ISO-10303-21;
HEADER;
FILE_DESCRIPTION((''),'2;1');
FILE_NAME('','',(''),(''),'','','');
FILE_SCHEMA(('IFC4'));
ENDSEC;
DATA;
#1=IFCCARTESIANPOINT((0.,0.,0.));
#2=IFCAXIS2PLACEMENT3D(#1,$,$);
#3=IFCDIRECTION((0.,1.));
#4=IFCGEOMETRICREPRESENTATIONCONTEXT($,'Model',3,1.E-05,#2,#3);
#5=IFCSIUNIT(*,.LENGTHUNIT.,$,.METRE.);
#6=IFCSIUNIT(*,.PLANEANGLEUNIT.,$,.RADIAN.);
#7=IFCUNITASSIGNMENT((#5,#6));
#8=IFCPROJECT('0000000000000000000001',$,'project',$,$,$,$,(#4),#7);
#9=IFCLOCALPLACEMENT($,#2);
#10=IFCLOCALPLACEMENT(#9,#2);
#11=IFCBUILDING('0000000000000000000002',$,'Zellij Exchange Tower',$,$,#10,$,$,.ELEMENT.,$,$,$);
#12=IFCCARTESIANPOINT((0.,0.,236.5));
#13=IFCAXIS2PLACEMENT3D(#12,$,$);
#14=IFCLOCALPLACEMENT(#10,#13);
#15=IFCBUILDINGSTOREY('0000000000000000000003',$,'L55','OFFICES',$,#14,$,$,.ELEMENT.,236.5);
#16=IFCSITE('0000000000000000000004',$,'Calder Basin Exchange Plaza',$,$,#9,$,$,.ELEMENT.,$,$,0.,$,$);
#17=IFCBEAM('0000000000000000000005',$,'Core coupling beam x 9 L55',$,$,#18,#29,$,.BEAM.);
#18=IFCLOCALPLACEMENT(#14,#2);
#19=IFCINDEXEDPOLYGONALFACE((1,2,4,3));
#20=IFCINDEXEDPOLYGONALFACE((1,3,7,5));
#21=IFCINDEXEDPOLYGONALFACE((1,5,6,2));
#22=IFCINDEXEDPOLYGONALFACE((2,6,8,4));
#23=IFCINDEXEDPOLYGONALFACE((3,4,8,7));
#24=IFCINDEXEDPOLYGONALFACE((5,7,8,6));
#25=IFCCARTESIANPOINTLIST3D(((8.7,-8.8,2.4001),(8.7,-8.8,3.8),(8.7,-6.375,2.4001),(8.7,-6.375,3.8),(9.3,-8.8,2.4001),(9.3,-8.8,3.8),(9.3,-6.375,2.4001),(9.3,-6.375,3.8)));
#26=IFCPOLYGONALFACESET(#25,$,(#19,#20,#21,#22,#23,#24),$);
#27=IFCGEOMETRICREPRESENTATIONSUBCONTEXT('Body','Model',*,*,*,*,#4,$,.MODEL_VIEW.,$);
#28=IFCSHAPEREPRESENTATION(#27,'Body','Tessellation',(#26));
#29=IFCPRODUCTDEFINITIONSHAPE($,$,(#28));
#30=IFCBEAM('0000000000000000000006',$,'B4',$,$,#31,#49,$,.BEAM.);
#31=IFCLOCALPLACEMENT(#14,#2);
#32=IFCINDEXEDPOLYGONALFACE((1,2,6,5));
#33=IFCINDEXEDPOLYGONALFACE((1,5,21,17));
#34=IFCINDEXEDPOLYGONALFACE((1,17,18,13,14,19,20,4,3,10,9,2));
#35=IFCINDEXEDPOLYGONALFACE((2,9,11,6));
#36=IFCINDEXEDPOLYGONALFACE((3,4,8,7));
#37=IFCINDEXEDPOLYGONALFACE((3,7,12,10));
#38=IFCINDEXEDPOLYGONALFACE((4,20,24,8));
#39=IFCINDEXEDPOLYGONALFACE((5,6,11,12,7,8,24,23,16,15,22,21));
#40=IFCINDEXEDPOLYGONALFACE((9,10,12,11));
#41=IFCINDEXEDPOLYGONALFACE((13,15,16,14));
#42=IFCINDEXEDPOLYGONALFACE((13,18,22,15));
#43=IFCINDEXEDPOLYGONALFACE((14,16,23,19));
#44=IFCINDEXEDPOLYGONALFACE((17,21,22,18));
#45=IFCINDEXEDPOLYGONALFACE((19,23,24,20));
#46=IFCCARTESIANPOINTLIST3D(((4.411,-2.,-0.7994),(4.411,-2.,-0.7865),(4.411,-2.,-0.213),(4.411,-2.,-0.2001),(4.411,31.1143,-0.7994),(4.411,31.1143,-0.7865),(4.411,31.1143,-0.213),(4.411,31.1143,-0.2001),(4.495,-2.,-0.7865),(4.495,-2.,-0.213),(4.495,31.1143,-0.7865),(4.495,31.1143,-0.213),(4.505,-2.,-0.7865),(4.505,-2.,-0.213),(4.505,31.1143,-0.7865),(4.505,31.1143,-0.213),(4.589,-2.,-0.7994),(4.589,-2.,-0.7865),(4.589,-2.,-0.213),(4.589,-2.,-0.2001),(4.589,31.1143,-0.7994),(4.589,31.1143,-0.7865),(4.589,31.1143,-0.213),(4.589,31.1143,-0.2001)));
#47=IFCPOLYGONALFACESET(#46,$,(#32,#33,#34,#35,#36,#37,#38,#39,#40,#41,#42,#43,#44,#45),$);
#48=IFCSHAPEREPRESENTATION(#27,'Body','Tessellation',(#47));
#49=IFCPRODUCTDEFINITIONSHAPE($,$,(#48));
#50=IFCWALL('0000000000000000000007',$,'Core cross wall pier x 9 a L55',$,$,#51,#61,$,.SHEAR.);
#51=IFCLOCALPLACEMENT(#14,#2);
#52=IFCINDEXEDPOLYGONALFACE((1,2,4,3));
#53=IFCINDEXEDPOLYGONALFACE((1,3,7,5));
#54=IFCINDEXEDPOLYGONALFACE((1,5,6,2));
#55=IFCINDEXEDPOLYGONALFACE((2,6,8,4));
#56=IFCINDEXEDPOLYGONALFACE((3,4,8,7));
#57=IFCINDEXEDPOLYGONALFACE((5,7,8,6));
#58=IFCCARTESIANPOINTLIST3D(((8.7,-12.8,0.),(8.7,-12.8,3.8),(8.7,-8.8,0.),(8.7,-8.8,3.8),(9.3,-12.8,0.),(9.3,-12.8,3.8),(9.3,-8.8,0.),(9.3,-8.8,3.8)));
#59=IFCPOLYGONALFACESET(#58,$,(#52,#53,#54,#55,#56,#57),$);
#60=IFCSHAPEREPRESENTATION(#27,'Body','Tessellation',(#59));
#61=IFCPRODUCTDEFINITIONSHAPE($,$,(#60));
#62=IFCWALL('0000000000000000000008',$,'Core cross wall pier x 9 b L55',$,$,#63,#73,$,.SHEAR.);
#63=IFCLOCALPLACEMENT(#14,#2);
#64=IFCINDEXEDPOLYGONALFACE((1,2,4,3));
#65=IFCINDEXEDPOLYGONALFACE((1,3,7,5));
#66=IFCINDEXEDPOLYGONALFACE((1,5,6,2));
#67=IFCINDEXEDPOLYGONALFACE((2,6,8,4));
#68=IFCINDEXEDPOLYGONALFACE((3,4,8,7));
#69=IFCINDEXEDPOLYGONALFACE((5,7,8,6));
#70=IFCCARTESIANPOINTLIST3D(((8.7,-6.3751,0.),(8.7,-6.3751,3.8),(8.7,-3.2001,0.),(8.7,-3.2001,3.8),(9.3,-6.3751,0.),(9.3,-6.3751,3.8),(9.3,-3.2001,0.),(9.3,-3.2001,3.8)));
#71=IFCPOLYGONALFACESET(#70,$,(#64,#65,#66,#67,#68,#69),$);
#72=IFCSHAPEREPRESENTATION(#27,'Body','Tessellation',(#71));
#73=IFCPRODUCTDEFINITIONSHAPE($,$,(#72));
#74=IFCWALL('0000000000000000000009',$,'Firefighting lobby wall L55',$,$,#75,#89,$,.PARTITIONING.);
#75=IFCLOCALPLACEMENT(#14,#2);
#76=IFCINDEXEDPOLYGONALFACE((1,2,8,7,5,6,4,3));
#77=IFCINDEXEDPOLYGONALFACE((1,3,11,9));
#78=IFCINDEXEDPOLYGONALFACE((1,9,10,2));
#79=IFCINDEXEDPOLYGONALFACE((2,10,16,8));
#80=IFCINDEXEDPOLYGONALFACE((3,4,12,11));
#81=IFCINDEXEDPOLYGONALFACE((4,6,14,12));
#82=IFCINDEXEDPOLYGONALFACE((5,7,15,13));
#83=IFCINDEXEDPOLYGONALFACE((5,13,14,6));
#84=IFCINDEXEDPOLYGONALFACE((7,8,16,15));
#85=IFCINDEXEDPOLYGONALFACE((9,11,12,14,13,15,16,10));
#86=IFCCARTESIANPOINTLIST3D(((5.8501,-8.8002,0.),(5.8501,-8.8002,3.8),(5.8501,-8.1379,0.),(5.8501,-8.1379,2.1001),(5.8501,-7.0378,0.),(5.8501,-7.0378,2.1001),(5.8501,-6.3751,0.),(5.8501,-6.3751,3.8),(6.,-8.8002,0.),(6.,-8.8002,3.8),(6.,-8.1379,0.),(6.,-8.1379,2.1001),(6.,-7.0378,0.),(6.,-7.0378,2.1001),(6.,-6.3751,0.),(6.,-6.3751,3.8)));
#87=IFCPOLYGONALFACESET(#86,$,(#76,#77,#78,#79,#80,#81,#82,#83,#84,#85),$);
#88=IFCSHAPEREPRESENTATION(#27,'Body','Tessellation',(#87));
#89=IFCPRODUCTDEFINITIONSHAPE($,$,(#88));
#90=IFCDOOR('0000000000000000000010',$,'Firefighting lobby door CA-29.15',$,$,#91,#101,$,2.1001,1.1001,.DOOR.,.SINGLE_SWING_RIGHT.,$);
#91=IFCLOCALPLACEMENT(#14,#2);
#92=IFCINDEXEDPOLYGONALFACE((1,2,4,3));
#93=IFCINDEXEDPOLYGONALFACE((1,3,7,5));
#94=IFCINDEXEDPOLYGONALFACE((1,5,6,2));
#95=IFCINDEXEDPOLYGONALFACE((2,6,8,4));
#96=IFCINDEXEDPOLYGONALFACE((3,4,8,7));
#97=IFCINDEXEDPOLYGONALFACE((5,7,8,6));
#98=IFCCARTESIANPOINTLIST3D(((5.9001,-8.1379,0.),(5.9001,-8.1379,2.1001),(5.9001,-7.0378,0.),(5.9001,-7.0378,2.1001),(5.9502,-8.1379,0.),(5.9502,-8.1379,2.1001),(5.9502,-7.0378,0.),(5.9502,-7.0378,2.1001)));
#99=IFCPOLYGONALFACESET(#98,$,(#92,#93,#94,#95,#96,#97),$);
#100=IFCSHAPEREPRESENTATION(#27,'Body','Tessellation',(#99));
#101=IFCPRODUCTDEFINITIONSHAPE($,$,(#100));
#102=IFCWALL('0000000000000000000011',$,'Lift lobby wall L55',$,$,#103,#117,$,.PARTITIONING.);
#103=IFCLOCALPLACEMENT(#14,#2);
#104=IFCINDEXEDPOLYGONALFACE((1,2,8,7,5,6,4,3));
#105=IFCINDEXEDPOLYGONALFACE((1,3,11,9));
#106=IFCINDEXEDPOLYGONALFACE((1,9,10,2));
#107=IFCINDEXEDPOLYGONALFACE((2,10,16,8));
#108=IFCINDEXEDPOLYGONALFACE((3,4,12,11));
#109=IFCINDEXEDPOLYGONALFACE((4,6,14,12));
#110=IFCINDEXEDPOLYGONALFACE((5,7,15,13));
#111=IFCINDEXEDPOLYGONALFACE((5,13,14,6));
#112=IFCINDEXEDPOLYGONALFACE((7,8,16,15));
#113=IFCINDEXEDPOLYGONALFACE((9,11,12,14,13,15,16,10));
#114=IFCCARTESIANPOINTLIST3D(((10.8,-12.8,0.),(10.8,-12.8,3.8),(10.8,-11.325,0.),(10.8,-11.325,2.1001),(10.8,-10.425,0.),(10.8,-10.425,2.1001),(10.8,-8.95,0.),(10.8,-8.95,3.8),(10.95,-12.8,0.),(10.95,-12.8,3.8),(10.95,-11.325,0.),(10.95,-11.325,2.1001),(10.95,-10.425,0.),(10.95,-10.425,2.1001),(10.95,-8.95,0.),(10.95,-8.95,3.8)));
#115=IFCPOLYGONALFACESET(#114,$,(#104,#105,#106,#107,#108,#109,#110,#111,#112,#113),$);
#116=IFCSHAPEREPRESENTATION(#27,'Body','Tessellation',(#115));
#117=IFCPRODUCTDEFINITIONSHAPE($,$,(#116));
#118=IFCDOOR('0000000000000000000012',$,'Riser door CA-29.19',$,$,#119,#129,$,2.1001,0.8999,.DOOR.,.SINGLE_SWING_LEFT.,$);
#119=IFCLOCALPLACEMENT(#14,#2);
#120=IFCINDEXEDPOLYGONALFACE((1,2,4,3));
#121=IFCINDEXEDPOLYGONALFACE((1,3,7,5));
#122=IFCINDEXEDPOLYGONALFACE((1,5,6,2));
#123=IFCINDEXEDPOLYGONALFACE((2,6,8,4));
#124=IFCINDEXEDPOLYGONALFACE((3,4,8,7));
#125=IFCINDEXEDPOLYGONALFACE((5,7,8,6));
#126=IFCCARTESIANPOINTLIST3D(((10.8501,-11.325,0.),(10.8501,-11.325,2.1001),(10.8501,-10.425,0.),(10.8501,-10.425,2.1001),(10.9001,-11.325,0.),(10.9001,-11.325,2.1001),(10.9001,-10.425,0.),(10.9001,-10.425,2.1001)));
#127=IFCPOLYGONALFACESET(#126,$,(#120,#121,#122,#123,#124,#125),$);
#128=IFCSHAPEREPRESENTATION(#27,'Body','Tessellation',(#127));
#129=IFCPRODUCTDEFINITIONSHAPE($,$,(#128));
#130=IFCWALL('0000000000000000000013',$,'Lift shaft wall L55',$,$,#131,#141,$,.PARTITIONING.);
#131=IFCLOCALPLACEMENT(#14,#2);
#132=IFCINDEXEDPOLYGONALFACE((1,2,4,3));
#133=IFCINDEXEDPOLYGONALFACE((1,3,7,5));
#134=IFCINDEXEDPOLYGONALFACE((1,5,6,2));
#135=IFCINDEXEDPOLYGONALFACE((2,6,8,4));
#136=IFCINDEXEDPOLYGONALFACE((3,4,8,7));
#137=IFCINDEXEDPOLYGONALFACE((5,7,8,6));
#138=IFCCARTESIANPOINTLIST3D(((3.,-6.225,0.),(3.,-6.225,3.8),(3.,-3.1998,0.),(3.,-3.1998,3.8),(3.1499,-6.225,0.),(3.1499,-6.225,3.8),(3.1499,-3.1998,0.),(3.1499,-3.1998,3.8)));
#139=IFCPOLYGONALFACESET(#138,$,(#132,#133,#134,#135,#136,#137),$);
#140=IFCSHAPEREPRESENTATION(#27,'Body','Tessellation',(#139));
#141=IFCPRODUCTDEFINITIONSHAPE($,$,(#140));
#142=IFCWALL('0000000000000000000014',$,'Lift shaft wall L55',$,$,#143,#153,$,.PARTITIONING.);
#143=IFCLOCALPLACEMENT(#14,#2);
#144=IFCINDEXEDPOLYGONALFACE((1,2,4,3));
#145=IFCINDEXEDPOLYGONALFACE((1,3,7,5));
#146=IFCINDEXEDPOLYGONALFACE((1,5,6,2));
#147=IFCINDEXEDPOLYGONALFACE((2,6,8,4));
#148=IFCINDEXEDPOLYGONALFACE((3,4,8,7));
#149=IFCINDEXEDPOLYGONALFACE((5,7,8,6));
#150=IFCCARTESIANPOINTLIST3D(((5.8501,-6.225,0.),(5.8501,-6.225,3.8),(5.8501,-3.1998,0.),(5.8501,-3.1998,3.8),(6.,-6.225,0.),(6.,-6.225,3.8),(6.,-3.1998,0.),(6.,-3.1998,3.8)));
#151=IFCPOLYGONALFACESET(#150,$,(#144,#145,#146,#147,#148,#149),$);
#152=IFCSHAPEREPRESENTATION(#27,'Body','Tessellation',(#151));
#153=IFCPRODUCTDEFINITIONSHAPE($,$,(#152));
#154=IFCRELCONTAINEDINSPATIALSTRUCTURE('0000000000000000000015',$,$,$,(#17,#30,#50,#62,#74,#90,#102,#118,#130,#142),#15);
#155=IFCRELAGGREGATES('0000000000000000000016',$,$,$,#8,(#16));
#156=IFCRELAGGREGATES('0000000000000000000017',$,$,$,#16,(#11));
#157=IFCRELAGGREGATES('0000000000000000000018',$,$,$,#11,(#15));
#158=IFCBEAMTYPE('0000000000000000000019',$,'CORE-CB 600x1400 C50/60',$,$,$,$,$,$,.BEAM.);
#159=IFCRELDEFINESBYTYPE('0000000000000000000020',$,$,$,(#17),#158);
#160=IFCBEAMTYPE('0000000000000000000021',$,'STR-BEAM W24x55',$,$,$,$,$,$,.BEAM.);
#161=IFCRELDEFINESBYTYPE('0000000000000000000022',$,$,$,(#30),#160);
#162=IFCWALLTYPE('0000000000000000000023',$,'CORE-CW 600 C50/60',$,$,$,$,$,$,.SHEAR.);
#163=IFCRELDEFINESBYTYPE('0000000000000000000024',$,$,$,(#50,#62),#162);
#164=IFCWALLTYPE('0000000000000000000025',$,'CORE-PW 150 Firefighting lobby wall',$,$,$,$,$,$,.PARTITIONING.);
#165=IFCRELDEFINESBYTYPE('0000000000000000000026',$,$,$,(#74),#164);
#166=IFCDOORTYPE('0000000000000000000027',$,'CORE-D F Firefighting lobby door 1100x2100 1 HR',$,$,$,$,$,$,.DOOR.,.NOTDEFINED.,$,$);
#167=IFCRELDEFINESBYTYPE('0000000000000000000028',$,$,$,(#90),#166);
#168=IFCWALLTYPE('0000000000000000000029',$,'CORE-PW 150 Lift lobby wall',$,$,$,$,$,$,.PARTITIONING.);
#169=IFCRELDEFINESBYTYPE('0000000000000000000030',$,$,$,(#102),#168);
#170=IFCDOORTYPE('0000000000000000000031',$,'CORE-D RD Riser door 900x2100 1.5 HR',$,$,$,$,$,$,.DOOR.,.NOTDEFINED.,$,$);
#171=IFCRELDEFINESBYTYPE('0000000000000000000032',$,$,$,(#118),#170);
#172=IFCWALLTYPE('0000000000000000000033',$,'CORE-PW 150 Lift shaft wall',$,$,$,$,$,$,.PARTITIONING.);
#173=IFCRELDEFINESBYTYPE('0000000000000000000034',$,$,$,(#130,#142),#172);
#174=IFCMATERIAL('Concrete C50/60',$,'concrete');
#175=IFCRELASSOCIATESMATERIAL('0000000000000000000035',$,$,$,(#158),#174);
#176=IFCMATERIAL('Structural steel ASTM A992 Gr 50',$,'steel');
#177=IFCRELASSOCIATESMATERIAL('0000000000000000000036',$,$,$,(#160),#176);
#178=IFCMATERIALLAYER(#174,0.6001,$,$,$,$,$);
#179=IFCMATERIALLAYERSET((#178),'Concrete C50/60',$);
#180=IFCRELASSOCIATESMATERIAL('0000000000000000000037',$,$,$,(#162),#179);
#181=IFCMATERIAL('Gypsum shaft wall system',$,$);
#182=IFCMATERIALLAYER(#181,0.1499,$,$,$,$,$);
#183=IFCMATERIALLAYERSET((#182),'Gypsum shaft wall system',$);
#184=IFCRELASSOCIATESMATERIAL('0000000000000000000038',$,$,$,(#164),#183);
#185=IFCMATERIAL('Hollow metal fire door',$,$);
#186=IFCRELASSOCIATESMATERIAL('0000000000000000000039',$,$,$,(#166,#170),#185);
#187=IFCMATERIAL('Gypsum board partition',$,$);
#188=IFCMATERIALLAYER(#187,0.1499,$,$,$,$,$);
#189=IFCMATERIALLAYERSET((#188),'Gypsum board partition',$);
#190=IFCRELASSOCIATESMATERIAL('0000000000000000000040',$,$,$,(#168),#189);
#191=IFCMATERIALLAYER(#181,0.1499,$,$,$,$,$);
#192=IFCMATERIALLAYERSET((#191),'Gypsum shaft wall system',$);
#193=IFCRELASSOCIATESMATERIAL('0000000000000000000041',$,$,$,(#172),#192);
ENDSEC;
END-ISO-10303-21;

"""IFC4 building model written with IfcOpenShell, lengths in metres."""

from ifc_helpers import new_model, si_unit, direction, frame, frame_2d, origin, origin_2d, place, context, subcontext, project, spatial, rectangle, i_section, extrude, material, layer, layer_set, material_profile, profile_set, type_object, element, fill, save


model = new_model("IFC4")

# Units and contexts
model_context = context("Model", 3, precision=1e-05, world=origin(), true_north=direction((0.0, 1.0)))
body_context = subcontext(model_context, "Body", "Model", "MODEL_VIEW")
ifc_project = project(units=[si_unit("LENGTHUNIT", "METRE"), si_unit("PLANEANGLEUNIT", "RADIAN")], contexts=[model_context])

# Site, building, storey
site_placement = place(None, origin())
site = spatial("IfcSite", under=ifc_project, at=site_placement, Name="Calder Basin Exchange Plaza", CompositionType="ELEMENT", RefElevation=0.0)
building_placement = place(site_placement, origin())
building = spatial("IfcBuilding", under=site, at=building_placement, Name="Zellij Exchange Tower", CompositionType="ELEMENT")
storey_placement = place(building_placement, frame((0.0, 0.0, 236.5)))
storey = spatial("IfcBuildingStorey", under=building, at=storey_placement, Name="L55", Description="OFFICES", CompositionType="ELEMENT", Elevation=236.5)

# Beams
ifc_material_1 = material(Name="Concrete C50/60", Category="concrete")
ifc_material_profile_1 = material_profile(ifc_material_1, rectangle(XDim=0.6001, YDim=1.3999, at=origin_2d()), Name="CORE-CB 600x1400 C50/60")
ifc_profile_set_1 = profile_set([ifc_material_profile_1], Name="Concrete C50/60")
beam_type_1 = type_object("IfcBeamType", Name="CORE-CB 600x1400 C50/60", PredefinedType="BEAM", material=ifc_profile_set_1)
beam_1_placement = place(storey_placement, frame((9.0, -8.8, 3.1001), z_axis=(0.0, 1.0, 0.0), x_axis=(-1.0, 0.0, 0.0)))
element("IfcBeam", 1, at=beam_1_placement, inside=storey, type_object=beam_type_1, Name="Core coupling beam x 9 L55", PredefinedType="BEAM", context=body_context, shape_type="SweptSolid", body=[
    extrude(rectangle(XDim=0.6001, YDim=1.3999, at=origin_2d()), origin(), (0.0, 0.0, 1.0), 2.425),
])
ifc_material_2 = material(Name="Structural steel ASTM A992 Gr 50", Category="steel")
ifc_material_profile_2 = material_profile(ifc_material_2, i_section(OverallWidth=0.178, OverallDepth=0.5994, WebThickness=0.01, FlangeThickness=0.0129, at=origin_2d()), Name="W24x55")
ifc_profile_set_2 = profile_set([ifc_material_profile_2], Name="Structural steel ASTM A992 Gr 50")
beam_type_2 = type_object("IfcBeamType", Name="STR-BEAM W24x55", PredefinedType="BEAM", material=ifc_profile_set_2)
beam_2_placement = place(storey_placement, frame((4.5, -2.0, -0.4998), z_axis=(0.0, 1.0, 0.0), x_axis=(-1.0, 0.0, 0.0)))
element("IfcBeam", 2, at=beam_2_placement, inside=storey, type_object=beam_type_2, Name="B4", PredefinedType="BEAM", context=body_context, shape_type="SweptSolid", body=[
    extrude(i_section(OverallWidth=0.178, OverallDepth=0.5994, WebThickness=0.01, FlangeThickness=0.0129, at=origin_2d()), origin(), (0.0, 0.0, 1.0), 33.1143),
])

# Walls
ifc_layer_1 = layer(ifc_material_1, 0.6001)
ifc_layer_set_1 = layer_set([ifc_layer_1], Name="Concrete C50/60")
wall_type_1 = type_object("IfcWallType", Name="CORE-CW 600 C50/60", PredefinedType="SHEAR", material=ifc_layer_set_1)
wall_1_placement = place(storey_placement, frame((9.0, -12.8, 0.0), z_axis=(0.0, 0.0, 1.0), x_axis=(0.0, 1.0, 0.0)))
element("IfcWall", 3, at=wall_1_placement, inside=storey, type_object=wall_type_1, Name="Core cross wall pier x 9 a L55", PredefinedType="SHEAR", context=body_context, shape_type="SweptSolid", body=[
    extrude(rectangle(XDim=4.0, YDim=0.6001, at=frame_2d((2.0, 0.0))), origin(), (0.0, 0.0, 1.0), 3.8),
])
wall_2_placement = place(storey_placement, frame((9.0, -6.375, 0.0), z_axis=(0.0, 0.0, 1.0), x_axis=(0.0, 1.0, 0.0)))
element("IfcWall", 4, at=wall_2_placement, inside=storey, type_object=wall_type_1, Name="Core cross wall pier x 9 b L55", PredefinedType="SHEAR", context=body_context, shape_type="SweptSolid", body=[
    extrude(rectangle(XDim=3.175, YDim=0.6001, at=frame_2d((1.5874, 0.0))), origin(), (0.0, 0.0, 1.0), 3.8),
])

# Walls, openings, doors
ifc_material_3 = material(Name="Gypsum shaft wall system")
ifc_layer_2 = layer(ifc_material_3, 0.1499)
ifc_layer_set_2 = layer_set([ifc_layer_2], Name="Gypsum shaft wall system")
wall_type_2 = type_object("IfcWallType", Name="CORE-PW 150 Firefighting lobby wall", PredefinedType="PARTITIONING", material=ifc_layer_set_2)
wall_3_placement = place(storey_placement, frame((5.925, -8.8, 0.0), z_axis=(0.0, 0.0, 1.0), x_axis=(0.0, 1.0, 0.0)))
wall_3 = element("IfcWall", 5, at=wall_3_placement, inside=storey, type_object=wall_type_2, Name="Firefighting lobby wall L55", PredefinedType="PARTITIONING", context=body_context, shape_type="SweptSolid", body=[
    extrude(rectangle(XDim=2.425, YDim=0.1499, at=frame_2d((1.2124, 0.0))), origin(), (0.0, 0.0, 1.0), 3.8),
])
opening_1_placement = place(wall_3_placement, frame((0.6621, 0.0, 0.0)))
opening_1 = element("IfcOpeningElement", 6, at=opening_1_placement, cuts=wall_3, PredefinedType="OPENING", context=body_context, shape_type="SweptSolid", body=[
    extrude(rectangle(XDim=1.1001, YDim=2.1001, at=frame_2d((0.55, 1.05))), frame((0.0, 0.0869, 0.0), z_axis=(0.0, -1.0, 0.0), x_axis=(1.0, 0.0, 0.0)), (0.0, 0.0, 1.0), 0.1738),
])
ifc_material_4 = material(Name="Hollow metal fire door")
door_type_1 = type_object("IfcDoorType", Name="CORE-D F Firefighting lobby door 1100x2100 1 HR", OperationType="NOTDEFINED", PredefinedType="DOOR", material=ifc_material_4)
door_1_placement = place(opening_1_placement, origin())
door_1 = element("IfcDoor", 7, at=door_1_placement, inside=storey, type_object=door_type_1, Name="Firefighting lobby door CA-29.15", OperationType="SINGLE_SWING_RIGHT", OverallHeight=2.1001, OverallWidth=1.1001, PredefinedType="DOOR", context=body_context, shape_type="SweptSolid", body=[
    extrude(rectangle(XDim=1.1001, YDim=2.1001, at=frame_2d((0.55, 1.05))), frame((0.0, 0.0249, 0.0), z_axis=(0.0, -1.0, 0.0), x_axis=(1.0, 0.0, 0.0)), (0.0, 0.0, 1.0), 0.05),
])
fill(opening_1, door_1)
ifc_material_5 = material(Name="Gypsum board partition")
ifc_layer_3 = layer(ifc_material_5, 0.1499)
ifc_layer_set_3 = layer_set([ifc_layer_3], Name="Gypsum board partition")
wall_type_3 = type_object("IfcWallType", Name="CORE-PW 150 Lift lobby wall", PredefinedType="PARTITIONING", material=ifc_layer_set_3)
wall_4_placement = place(storey_placement, frame((10.875, -12.8, 0.0), z_axis=(0.0, 0.0, 1.0), x_axis=(0.0, 1.0, 0.0)))
wall_4 = element("IfcWall", 8, at=wall_4_placement, inside=storey, type_object=wall_type_3, Name="Lift lobby wall L55", PredefinedType="PARTITIONING", context=body_context, shape_type="SweptSolid", body=[
    extrude(rectangle(XDim=3.8501, YDim=0.1499, at=frame_2d((1.925, 0.0))), origin(), (0.0, 0.0, 1.0), 3.8),
])
opening_2_placement = place(wall_4_placement, frame((1.4751, 0.0, 0.0)))
opening_2 = element("IfcOpeningElement", 9, at=opening_2_placement, cuts=wall_4, PredefinedType="OPENING", context=body_context, shape_type="SweptSolid", body=[
    extrude(rectangle(XDim=0.8999, YDim=2.1001, at=frame_2d((0.45, 1.05))), frame((0.0, 0.0869, 0.0), z_axis=(0.0, -1.0, 0.0), x_axis=(1.0, 0.0, 0.0)), (0.0, 0.0, 1.0), 0.1738),
])
door_type_2 = type_object("IfcDoorType", Name="CORE-D RD Riser door 900x2100 1.5 HR", OperationType="NOTDEFINED", PredefinedType="DOOR", material=ifc_material_4)
door_2_placement = place(opening_2_placement, origin())
door_2 = element("IfcDoor", 10, at=door_2_placement, inside=storey, type_object=door_type_2, Name="Riser door CA-29.19", OperationType="SINGLE_SWING_LEFT", OverallHeight=2.1001, OverallWidth=0.8999, PredefinedType="DOOR", context=body_context, shape_type="SweptSolid", body=[
    extrude(rectangle(XDim=0.8999, YDim=2.1001, at=frame_2d((0.45, 1.05))), frame((0.0, 0.0249, 0.0), z_axis=(0.0, -1.0, 0.0), x_axis=(1.0, 0.0, 0.0)), (0.0, 0.0, 1.0), 0.05),
])
fill(opening_2, door_2)

# Walls
ifc_layer_4 = layer(ifc_material_3, 0.1499)
ifc_layer_set_4 = layer_set([ifc_layer_4], Name="Gypsum shaft wall system")
wall_type_4 = type_object("IfcWallType", Name="CORE-PW 150 Lift shaft wall", PredefinedType="PARTITIONING", material=ifc_layer_set_4)
for number, where, z_axis, x_axis, name in (
    (11, (3.075, -6.2251, 0.0), (0.0, 0.0, 1.0), (0.0, 1.0, 0.0), "Lift shaft wall L55"),
    (12, (5.925, -6.2251, 0.0), (0.0, 0.0, 1.0), (0.0, 1.0, 0.0), "Lift shaft wall L55"),
):
    element("IfcWall", number, at=place(storey_placement, frame(where, z_axis=z_axis, x_axis=x_axis)), inside=storey, type_object=wall_type_4, Name=name, PredefinedType="PARTITIONING", context=body_context, shape_type="SweptSolid", body=[
        extrude(rectangle(XDim=3.0251, YDim=0.1499, at=frame_2d((1.5127, 0.0))), origin(), (0.0, 0.0, 1.0), 3.8),
    ])

save(model, "model.ifc")
